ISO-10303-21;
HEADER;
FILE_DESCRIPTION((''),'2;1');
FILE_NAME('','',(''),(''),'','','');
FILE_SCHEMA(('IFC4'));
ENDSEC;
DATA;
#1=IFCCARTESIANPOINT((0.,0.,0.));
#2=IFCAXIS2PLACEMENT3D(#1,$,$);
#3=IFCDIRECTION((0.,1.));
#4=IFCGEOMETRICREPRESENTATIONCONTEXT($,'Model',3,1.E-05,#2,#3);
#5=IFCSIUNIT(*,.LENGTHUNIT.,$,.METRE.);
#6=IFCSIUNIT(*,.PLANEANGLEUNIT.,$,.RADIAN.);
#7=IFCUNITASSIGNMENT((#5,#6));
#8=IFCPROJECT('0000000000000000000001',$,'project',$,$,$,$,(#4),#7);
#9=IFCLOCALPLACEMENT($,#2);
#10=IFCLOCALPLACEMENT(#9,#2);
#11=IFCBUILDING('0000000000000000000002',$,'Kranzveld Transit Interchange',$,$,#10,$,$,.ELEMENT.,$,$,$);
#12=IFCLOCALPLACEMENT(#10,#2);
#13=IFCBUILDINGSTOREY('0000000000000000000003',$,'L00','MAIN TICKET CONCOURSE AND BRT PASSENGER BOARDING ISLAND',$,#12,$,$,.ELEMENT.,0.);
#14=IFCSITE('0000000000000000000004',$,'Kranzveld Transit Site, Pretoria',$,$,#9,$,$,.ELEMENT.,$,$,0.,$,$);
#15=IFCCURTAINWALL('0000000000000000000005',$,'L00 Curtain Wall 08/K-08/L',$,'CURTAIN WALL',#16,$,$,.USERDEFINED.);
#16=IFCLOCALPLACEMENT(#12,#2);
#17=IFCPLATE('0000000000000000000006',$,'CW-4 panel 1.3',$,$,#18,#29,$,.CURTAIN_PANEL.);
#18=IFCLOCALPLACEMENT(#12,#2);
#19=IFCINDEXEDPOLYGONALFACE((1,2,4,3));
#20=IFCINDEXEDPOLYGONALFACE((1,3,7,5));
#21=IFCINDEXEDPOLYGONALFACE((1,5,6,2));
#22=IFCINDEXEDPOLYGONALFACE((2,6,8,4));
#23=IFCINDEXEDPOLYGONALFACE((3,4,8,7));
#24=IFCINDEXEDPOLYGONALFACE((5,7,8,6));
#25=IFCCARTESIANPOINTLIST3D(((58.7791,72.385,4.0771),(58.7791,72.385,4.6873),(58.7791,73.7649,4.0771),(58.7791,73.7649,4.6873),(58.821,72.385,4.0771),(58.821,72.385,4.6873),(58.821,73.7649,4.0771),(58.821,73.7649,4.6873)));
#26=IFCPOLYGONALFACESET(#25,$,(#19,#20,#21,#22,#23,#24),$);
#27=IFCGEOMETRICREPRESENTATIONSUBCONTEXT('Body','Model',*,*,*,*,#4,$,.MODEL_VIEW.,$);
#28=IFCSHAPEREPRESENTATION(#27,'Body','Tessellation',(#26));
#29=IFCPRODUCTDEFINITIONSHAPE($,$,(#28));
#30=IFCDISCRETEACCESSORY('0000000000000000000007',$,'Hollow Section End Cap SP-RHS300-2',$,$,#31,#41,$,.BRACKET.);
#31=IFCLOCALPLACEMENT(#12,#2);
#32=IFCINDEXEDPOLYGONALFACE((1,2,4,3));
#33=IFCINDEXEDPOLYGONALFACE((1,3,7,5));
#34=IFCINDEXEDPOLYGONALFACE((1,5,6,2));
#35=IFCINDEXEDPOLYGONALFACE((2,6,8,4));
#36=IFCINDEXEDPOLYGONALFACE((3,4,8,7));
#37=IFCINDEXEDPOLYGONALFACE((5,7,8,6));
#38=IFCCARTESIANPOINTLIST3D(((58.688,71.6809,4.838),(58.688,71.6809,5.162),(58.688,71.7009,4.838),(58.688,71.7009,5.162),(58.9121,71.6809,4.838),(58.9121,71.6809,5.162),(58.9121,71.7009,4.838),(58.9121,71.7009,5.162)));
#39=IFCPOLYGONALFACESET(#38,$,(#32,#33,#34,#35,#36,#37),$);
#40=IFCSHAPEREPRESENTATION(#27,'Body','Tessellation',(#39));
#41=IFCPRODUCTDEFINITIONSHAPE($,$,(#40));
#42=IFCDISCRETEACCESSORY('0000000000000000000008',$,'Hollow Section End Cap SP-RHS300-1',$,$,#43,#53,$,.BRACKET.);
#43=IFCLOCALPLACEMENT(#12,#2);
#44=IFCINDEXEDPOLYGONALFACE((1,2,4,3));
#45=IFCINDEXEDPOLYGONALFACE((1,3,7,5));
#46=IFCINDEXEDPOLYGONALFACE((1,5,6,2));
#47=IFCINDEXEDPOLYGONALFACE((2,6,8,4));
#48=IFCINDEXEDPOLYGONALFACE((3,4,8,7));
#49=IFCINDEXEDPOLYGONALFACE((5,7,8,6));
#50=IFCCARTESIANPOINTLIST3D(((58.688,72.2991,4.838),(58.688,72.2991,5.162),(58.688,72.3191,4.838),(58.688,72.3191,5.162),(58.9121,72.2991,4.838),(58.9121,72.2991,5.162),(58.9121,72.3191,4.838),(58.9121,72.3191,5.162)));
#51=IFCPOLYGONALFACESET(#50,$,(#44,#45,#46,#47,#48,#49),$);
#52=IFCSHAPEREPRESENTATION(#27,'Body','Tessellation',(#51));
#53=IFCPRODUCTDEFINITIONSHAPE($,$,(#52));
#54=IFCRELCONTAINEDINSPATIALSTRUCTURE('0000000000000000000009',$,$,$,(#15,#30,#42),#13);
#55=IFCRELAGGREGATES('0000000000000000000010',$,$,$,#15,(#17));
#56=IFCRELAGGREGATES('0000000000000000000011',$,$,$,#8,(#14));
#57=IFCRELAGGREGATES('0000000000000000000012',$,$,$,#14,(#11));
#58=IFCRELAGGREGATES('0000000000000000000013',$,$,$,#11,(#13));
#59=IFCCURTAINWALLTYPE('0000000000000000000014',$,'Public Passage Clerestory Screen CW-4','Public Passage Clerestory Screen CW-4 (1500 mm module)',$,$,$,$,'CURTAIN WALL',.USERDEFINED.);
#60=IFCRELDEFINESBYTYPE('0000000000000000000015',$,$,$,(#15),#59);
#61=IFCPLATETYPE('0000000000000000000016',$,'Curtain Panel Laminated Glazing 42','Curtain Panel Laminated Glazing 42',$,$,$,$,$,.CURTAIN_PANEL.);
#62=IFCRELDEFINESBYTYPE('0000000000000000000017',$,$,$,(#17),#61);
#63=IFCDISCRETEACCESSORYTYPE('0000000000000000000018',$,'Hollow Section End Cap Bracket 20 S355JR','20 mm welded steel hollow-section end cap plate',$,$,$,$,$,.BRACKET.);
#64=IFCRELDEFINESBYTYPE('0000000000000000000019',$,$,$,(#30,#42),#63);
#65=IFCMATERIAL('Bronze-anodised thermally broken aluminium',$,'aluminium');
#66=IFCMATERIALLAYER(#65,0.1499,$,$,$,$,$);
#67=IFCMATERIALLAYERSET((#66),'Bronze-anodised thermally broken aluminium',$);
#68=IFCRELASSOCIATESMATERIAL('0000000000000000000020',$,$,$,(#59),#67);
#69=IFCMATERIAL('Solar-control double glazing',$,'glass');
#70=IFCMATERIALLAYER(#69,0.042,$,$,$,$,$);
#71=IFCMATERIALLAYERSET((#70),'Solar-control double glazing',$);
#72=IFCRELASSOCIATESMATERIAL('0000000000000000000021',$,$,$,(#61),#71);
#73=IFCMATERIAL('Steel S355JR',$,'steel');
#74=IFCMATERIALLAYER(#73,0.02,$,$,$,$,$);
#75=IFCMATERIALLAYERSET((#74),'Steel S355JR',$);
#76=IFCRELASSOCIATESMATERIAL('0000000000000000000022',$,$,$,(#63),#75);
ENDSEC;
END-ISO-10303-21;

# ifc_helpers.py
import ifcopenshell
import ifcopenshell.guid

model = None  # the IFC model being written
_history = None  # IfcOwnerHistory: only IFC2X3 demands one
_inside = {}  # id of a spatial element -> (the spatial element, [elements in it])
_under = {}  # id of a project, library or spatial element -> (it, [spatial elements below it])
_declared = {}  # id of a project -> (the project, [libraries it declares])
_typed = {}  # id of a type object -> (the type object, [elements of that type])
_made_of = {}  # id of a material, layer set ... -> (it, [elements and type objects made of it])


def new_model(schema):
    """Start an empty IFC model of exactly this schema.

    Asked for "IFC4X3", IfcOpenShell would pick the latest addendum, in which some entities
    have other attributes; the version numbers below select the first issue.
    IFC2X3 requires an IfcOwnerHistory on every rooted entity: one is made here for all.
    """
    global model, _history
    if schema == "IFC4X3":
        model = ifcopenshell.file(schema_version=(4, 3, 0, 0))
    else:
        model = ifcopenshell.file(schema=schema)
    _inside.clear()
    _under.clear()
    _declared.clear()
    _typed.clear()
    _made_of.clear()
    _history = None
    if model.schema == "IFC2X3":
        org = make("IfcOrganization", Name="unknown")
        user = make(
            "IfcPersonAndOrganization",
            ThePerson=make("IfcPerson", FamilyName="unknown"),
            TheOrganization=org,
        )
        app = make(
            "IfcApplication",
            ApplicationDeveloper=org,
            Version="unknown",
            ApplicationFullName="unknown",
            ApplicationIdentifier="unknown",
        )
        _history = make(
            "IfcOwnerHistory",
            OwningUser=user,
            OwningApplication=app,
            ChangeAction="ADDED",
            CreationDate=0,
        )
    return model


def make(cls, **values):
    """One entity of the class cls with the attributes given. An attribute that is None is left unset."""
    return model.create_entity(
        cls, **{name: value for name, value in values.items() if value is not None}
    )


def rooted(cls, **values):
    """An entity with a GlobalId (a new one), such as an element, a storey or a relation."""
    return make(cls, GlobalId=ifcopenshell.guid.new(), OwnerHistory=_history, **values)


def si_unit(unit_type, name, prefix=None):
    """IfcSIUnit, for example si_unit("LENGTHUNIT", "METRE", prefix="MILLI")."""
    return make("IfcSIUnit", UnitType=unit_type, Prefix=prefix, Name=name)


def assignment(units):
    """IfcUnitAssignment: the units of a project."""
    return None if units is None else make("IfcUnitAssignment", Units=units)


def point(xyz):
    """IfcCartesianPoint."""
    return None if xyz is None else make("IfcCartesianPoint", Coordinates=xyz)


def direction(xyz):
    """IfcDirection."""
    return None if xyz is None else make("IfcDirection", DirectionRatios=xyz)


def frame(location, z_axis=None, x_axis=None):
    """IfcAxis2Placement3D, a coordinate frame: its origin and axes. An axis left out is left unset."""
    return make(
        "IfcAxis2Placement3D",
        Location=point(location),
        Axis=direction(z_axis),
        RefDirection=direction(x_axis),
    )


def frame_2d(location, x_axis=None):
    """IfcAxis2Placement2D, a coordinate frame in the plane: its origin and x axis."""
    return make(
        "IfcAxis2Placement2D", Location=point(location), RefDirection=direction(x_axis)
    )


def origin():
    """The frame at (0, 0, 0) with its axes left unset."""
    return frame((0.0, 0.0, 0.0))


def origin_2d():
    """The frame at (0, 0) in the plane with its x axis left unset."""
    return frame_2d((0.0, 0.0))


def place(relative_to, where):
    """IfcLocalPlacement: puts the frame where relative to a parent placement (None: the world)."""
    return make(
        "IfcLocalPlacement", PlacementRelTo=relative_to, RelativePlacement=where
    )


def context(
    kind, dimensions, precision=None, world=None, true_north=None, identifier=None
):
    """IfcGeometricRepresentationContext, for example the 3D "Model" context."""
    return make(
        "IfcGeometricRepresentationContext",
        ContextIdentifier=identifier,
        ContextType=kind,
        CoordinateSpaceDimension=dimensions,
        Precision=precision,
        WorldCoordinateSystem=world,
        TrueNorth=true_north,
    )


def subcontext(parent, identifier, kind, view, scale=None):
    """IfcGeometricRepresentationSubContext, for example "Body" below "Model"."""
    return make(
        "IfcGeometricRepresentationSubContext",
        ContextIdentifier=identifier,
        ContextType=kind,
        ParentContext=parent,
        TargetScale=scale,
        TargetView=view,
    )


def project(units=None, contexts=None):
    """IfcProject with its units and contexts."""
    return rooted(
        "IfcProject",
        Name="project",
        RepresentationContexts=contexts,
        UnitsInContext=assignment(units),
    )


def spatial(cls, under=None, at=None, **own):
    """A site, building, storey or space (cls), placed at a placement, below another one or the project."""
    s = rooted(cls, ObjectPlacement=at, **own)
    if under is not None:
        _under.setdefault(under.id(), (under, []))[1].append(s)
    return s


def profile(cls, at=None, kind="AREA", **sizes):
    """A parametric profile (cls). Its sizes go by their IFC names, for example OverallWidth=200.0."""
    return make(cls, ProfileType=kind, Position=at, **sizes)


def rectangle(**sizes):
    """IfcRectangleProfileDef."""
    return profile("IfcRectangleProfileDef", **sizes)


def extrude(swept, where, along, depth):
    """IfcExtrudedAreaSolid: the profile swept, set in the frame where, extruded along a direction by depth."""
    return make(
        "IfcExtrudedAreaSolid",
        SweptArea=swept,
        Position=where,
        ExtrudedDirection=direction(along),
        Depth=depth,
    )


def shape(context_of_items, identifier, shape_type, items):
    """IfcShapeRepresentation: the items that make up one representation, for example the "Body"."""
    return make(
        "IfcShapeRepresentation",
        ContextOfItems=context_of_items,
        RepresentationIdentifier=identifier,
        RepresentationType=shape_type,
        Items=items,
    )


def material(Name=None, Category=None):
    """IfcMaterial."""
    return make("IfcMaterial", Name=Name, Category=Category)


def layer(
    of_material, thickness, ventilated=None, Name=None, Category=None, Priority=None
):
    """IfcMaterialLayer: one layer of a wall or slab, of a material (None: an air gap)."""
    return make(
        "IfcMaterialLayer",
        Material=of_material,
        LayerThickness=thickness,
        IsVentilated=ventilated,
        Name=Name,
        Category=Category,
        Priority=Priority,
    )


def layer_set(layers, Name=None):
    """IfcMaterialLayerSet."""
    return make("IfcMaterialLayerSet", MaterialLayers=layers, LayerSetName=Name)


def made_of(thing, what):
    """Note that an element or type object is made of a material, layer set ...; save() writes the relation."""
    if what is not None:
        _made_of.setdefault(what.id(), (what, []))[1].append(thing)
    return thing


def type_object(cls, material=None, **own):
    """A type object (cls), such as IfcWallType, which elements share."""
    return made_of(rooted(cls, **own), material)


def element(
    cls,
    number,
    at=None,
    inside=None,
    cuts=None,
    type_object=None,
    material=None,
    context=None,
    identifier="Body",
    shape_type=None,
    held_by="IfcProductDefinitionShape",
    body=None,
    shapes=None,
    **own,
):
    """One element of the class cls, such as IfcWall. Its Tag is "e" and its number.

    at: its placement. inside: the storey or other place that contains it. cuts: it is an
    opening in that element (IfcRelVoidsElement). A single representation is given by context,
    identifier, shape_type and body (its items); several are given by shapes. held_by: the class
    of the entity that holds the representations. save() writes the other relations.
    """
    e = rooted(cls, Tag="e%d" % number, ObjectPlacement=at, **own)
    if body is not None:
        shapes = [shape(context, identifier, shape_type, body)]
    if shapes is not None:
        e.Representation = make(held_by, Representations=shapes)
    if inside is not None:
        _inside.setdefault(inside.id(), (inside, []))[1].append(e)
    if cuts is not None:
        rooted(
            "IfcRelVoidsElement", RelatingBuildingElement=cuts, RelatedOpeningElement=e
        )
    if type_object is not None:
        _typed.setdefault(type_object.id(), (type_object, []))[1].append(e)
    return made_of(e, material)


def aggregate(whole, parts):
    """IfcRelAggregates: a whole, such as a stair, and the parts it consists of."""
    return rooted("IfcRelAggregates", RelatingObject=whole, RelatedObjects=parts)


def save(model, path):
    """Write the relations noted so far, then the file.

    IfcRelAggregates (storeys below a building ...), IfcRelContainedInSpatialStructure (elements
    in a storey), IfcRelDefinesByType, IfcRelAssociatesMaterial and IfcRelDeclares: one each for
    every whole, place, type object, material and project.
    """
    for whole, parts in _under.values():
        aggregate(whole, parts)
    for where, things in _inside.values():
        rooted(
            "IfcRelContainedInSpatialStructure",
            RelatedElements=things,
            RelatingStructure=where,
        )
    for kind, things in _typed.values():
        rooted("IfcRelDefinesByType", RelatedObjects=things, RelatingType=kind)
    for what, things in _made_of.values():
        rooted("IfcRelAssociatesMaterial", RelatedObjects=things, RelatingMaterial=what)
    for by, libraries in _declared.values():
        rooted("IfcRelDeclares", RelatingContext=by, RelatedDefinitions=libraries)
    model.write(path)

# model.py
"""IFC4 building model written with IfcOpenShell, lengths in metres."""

from ifc_helpers import new_model, si_unit, direction, frame, origin, origin_2d, place, context, subcontext, project, spatial, rectangle, extrude, material, layer, layer_set, type_object, element, aggregate, save


model = new_model("IFC4")

# Units and contexts
model_context = context("Model", 3, precision=1e-05, world=origin(), true_north=direction((0.0, 1.0)))
body_context = subcontext(model_context, "Body", "Model", "MODEL_VIEW")
ifc_project = project(units=[si_unit("LENGTHUNIT", "METRE"), si_unit("PLANEANGLEUNIT", "RADIAN")], contexts=[model_context])

# Site, building, storey
site_placement = place(None, origin())
site = spatial("IfcSite", under=ifc_project, at=site_placement, Name="Kranzveld Transit Site, Pretoria", CompositionType="ELEMENT", RefElevation=0.0)
building_placement = place(site_placement, origin())
building = spatial("IfcBuilding", under=site, at=building_placement, Name="Kranzveld Transit Interchange", CompositionType="ELEMENT")
storey_placement = place(building_placement, origin())
storey = spatial("IfcBuildingStorey", under=building, at=storey_placement, Name="L00", Description="MAIN TICKET CONCOURSE AND BRT PASSENGER BOARDING ISLAND", CompositionType="ELEMENT", Elevation=0.0)

# Curtain wall
ifc_material_1 = material(Name="Bronze-anodised thermally broken aluminium", Category="aluminium")
ifc_layer_1 = layer(ifc_material_1, 0.1499)
ifc_layer_set_1 = layer_set([ifc_layer_1], Name="Bronze-anodised thermally broken aluminium")
curtain_wall_type_1 = type_object("IfcCurtainWallType", Name="Public Passage Clerestory Screen CW-4", Description="Public Passage Clerestory Screen CW-4 (1500 mm module)", ElementType="CURTAIN WALL", PredefinedType="USERDEFINED", material=ifc_layer_set_1)
curtain_wall_1_placement = place(storey_placement, origin())
curtain_wall_1 = element("IfcCurtainWall", 1, at=curtain_wall_1_placement, inside=storey, type_object=curtain_wall_type_1, Name="L00 Curtain Wall 08/K-08/L", ObjectType="CURTAIN WALL", PredefinedType="USERDEFINED")

# Plate
ifc_material_2 = material(Name="Solar-control double glazing", Category="glass")
ifc_layer_2 = layer(ifc_material_2, 0.042)
ifc_layer_set_2 = layer_set([ifc_layer_2], Name="Solar-control double glazing")
plate_type_1 = type_object("IfcPlateType", Name="Curtain Panel Laminated Glazing 42", Description="Curtain Panel Laminated Glazing 42", PredefinedType="CURTAIN_PANEL", material=ifc_layer_set_2)
plate_1_placement = place(storey_placement, frame((58.8, 73.075, 4.0771), z_axis=(0.0, 0.0, 1.0), x_axis=(0.0, 1.0, 0.0)))
plate_1 = element("IfcPlate", 2, at=plate_1_placement, type_object=plate_type_1, Name="CW-4 panel 1.3", PredefinedType="CURTAIN_PANEL", context=body_context, shape_type="SweptSolid", body=[
    extrude(rectangle(XDim=1.3799, YDim=0.042, at=origin_2d()), origin(), (0.0, 0.0, 1.0), 0.6101),
])
aggregate(curtain_wall_1, [plate_1])

# Discrete accessories
ifc_material_3 = material(Name="Steel S355JR", Category="steel")
ifc_layer_3 = layer(ifc_material_3, 0.02)
ifc_layer_set_3 = layer_set([ifc_layer_3], Name="Steel S355JR")
discrete_accessory_type = type_object("IfcDiscreteAccessoryType", Name="Hollow Section End Cap Bracket 20 S355JR", Description="20 mm welded steel hollow-section end cap plate", PredefinedType="BRACKET", material=ifc_layer_set_3)
for number, where, z_axis, x_axis, name in (
    (3, (58.8, 71.6809, 5.0), (0.0, 1.0, 0.0), (-1.0, 0.0, 0.0), "Hollow Section End Cap SP-RHS300-2"),
    (4, (58.8, 72.3191, 5.0), (0.0, -1.0, 0.0), (1.0, 0.0, 0.0), "Hollow Section End Cap SP-RHS300-1"),
):
    element("IfcDiscreteAccessory", number, at=place(storey_placement, frame(where, z_axis=z_axis, x_axis=x_axis)), inside=storey, type_object=discrete_accessory_type, Name=name, PredefinedType="BRACKET", context=body_context, shape_type="SweptSolid", body=[
        extrude(rectangle(XDim=0.2241, YDim=0.324, at=origin_2d()), origin(), (0.0, 0.0, 1.0), 0.02),
    ])

save(model, "model.ifc")
